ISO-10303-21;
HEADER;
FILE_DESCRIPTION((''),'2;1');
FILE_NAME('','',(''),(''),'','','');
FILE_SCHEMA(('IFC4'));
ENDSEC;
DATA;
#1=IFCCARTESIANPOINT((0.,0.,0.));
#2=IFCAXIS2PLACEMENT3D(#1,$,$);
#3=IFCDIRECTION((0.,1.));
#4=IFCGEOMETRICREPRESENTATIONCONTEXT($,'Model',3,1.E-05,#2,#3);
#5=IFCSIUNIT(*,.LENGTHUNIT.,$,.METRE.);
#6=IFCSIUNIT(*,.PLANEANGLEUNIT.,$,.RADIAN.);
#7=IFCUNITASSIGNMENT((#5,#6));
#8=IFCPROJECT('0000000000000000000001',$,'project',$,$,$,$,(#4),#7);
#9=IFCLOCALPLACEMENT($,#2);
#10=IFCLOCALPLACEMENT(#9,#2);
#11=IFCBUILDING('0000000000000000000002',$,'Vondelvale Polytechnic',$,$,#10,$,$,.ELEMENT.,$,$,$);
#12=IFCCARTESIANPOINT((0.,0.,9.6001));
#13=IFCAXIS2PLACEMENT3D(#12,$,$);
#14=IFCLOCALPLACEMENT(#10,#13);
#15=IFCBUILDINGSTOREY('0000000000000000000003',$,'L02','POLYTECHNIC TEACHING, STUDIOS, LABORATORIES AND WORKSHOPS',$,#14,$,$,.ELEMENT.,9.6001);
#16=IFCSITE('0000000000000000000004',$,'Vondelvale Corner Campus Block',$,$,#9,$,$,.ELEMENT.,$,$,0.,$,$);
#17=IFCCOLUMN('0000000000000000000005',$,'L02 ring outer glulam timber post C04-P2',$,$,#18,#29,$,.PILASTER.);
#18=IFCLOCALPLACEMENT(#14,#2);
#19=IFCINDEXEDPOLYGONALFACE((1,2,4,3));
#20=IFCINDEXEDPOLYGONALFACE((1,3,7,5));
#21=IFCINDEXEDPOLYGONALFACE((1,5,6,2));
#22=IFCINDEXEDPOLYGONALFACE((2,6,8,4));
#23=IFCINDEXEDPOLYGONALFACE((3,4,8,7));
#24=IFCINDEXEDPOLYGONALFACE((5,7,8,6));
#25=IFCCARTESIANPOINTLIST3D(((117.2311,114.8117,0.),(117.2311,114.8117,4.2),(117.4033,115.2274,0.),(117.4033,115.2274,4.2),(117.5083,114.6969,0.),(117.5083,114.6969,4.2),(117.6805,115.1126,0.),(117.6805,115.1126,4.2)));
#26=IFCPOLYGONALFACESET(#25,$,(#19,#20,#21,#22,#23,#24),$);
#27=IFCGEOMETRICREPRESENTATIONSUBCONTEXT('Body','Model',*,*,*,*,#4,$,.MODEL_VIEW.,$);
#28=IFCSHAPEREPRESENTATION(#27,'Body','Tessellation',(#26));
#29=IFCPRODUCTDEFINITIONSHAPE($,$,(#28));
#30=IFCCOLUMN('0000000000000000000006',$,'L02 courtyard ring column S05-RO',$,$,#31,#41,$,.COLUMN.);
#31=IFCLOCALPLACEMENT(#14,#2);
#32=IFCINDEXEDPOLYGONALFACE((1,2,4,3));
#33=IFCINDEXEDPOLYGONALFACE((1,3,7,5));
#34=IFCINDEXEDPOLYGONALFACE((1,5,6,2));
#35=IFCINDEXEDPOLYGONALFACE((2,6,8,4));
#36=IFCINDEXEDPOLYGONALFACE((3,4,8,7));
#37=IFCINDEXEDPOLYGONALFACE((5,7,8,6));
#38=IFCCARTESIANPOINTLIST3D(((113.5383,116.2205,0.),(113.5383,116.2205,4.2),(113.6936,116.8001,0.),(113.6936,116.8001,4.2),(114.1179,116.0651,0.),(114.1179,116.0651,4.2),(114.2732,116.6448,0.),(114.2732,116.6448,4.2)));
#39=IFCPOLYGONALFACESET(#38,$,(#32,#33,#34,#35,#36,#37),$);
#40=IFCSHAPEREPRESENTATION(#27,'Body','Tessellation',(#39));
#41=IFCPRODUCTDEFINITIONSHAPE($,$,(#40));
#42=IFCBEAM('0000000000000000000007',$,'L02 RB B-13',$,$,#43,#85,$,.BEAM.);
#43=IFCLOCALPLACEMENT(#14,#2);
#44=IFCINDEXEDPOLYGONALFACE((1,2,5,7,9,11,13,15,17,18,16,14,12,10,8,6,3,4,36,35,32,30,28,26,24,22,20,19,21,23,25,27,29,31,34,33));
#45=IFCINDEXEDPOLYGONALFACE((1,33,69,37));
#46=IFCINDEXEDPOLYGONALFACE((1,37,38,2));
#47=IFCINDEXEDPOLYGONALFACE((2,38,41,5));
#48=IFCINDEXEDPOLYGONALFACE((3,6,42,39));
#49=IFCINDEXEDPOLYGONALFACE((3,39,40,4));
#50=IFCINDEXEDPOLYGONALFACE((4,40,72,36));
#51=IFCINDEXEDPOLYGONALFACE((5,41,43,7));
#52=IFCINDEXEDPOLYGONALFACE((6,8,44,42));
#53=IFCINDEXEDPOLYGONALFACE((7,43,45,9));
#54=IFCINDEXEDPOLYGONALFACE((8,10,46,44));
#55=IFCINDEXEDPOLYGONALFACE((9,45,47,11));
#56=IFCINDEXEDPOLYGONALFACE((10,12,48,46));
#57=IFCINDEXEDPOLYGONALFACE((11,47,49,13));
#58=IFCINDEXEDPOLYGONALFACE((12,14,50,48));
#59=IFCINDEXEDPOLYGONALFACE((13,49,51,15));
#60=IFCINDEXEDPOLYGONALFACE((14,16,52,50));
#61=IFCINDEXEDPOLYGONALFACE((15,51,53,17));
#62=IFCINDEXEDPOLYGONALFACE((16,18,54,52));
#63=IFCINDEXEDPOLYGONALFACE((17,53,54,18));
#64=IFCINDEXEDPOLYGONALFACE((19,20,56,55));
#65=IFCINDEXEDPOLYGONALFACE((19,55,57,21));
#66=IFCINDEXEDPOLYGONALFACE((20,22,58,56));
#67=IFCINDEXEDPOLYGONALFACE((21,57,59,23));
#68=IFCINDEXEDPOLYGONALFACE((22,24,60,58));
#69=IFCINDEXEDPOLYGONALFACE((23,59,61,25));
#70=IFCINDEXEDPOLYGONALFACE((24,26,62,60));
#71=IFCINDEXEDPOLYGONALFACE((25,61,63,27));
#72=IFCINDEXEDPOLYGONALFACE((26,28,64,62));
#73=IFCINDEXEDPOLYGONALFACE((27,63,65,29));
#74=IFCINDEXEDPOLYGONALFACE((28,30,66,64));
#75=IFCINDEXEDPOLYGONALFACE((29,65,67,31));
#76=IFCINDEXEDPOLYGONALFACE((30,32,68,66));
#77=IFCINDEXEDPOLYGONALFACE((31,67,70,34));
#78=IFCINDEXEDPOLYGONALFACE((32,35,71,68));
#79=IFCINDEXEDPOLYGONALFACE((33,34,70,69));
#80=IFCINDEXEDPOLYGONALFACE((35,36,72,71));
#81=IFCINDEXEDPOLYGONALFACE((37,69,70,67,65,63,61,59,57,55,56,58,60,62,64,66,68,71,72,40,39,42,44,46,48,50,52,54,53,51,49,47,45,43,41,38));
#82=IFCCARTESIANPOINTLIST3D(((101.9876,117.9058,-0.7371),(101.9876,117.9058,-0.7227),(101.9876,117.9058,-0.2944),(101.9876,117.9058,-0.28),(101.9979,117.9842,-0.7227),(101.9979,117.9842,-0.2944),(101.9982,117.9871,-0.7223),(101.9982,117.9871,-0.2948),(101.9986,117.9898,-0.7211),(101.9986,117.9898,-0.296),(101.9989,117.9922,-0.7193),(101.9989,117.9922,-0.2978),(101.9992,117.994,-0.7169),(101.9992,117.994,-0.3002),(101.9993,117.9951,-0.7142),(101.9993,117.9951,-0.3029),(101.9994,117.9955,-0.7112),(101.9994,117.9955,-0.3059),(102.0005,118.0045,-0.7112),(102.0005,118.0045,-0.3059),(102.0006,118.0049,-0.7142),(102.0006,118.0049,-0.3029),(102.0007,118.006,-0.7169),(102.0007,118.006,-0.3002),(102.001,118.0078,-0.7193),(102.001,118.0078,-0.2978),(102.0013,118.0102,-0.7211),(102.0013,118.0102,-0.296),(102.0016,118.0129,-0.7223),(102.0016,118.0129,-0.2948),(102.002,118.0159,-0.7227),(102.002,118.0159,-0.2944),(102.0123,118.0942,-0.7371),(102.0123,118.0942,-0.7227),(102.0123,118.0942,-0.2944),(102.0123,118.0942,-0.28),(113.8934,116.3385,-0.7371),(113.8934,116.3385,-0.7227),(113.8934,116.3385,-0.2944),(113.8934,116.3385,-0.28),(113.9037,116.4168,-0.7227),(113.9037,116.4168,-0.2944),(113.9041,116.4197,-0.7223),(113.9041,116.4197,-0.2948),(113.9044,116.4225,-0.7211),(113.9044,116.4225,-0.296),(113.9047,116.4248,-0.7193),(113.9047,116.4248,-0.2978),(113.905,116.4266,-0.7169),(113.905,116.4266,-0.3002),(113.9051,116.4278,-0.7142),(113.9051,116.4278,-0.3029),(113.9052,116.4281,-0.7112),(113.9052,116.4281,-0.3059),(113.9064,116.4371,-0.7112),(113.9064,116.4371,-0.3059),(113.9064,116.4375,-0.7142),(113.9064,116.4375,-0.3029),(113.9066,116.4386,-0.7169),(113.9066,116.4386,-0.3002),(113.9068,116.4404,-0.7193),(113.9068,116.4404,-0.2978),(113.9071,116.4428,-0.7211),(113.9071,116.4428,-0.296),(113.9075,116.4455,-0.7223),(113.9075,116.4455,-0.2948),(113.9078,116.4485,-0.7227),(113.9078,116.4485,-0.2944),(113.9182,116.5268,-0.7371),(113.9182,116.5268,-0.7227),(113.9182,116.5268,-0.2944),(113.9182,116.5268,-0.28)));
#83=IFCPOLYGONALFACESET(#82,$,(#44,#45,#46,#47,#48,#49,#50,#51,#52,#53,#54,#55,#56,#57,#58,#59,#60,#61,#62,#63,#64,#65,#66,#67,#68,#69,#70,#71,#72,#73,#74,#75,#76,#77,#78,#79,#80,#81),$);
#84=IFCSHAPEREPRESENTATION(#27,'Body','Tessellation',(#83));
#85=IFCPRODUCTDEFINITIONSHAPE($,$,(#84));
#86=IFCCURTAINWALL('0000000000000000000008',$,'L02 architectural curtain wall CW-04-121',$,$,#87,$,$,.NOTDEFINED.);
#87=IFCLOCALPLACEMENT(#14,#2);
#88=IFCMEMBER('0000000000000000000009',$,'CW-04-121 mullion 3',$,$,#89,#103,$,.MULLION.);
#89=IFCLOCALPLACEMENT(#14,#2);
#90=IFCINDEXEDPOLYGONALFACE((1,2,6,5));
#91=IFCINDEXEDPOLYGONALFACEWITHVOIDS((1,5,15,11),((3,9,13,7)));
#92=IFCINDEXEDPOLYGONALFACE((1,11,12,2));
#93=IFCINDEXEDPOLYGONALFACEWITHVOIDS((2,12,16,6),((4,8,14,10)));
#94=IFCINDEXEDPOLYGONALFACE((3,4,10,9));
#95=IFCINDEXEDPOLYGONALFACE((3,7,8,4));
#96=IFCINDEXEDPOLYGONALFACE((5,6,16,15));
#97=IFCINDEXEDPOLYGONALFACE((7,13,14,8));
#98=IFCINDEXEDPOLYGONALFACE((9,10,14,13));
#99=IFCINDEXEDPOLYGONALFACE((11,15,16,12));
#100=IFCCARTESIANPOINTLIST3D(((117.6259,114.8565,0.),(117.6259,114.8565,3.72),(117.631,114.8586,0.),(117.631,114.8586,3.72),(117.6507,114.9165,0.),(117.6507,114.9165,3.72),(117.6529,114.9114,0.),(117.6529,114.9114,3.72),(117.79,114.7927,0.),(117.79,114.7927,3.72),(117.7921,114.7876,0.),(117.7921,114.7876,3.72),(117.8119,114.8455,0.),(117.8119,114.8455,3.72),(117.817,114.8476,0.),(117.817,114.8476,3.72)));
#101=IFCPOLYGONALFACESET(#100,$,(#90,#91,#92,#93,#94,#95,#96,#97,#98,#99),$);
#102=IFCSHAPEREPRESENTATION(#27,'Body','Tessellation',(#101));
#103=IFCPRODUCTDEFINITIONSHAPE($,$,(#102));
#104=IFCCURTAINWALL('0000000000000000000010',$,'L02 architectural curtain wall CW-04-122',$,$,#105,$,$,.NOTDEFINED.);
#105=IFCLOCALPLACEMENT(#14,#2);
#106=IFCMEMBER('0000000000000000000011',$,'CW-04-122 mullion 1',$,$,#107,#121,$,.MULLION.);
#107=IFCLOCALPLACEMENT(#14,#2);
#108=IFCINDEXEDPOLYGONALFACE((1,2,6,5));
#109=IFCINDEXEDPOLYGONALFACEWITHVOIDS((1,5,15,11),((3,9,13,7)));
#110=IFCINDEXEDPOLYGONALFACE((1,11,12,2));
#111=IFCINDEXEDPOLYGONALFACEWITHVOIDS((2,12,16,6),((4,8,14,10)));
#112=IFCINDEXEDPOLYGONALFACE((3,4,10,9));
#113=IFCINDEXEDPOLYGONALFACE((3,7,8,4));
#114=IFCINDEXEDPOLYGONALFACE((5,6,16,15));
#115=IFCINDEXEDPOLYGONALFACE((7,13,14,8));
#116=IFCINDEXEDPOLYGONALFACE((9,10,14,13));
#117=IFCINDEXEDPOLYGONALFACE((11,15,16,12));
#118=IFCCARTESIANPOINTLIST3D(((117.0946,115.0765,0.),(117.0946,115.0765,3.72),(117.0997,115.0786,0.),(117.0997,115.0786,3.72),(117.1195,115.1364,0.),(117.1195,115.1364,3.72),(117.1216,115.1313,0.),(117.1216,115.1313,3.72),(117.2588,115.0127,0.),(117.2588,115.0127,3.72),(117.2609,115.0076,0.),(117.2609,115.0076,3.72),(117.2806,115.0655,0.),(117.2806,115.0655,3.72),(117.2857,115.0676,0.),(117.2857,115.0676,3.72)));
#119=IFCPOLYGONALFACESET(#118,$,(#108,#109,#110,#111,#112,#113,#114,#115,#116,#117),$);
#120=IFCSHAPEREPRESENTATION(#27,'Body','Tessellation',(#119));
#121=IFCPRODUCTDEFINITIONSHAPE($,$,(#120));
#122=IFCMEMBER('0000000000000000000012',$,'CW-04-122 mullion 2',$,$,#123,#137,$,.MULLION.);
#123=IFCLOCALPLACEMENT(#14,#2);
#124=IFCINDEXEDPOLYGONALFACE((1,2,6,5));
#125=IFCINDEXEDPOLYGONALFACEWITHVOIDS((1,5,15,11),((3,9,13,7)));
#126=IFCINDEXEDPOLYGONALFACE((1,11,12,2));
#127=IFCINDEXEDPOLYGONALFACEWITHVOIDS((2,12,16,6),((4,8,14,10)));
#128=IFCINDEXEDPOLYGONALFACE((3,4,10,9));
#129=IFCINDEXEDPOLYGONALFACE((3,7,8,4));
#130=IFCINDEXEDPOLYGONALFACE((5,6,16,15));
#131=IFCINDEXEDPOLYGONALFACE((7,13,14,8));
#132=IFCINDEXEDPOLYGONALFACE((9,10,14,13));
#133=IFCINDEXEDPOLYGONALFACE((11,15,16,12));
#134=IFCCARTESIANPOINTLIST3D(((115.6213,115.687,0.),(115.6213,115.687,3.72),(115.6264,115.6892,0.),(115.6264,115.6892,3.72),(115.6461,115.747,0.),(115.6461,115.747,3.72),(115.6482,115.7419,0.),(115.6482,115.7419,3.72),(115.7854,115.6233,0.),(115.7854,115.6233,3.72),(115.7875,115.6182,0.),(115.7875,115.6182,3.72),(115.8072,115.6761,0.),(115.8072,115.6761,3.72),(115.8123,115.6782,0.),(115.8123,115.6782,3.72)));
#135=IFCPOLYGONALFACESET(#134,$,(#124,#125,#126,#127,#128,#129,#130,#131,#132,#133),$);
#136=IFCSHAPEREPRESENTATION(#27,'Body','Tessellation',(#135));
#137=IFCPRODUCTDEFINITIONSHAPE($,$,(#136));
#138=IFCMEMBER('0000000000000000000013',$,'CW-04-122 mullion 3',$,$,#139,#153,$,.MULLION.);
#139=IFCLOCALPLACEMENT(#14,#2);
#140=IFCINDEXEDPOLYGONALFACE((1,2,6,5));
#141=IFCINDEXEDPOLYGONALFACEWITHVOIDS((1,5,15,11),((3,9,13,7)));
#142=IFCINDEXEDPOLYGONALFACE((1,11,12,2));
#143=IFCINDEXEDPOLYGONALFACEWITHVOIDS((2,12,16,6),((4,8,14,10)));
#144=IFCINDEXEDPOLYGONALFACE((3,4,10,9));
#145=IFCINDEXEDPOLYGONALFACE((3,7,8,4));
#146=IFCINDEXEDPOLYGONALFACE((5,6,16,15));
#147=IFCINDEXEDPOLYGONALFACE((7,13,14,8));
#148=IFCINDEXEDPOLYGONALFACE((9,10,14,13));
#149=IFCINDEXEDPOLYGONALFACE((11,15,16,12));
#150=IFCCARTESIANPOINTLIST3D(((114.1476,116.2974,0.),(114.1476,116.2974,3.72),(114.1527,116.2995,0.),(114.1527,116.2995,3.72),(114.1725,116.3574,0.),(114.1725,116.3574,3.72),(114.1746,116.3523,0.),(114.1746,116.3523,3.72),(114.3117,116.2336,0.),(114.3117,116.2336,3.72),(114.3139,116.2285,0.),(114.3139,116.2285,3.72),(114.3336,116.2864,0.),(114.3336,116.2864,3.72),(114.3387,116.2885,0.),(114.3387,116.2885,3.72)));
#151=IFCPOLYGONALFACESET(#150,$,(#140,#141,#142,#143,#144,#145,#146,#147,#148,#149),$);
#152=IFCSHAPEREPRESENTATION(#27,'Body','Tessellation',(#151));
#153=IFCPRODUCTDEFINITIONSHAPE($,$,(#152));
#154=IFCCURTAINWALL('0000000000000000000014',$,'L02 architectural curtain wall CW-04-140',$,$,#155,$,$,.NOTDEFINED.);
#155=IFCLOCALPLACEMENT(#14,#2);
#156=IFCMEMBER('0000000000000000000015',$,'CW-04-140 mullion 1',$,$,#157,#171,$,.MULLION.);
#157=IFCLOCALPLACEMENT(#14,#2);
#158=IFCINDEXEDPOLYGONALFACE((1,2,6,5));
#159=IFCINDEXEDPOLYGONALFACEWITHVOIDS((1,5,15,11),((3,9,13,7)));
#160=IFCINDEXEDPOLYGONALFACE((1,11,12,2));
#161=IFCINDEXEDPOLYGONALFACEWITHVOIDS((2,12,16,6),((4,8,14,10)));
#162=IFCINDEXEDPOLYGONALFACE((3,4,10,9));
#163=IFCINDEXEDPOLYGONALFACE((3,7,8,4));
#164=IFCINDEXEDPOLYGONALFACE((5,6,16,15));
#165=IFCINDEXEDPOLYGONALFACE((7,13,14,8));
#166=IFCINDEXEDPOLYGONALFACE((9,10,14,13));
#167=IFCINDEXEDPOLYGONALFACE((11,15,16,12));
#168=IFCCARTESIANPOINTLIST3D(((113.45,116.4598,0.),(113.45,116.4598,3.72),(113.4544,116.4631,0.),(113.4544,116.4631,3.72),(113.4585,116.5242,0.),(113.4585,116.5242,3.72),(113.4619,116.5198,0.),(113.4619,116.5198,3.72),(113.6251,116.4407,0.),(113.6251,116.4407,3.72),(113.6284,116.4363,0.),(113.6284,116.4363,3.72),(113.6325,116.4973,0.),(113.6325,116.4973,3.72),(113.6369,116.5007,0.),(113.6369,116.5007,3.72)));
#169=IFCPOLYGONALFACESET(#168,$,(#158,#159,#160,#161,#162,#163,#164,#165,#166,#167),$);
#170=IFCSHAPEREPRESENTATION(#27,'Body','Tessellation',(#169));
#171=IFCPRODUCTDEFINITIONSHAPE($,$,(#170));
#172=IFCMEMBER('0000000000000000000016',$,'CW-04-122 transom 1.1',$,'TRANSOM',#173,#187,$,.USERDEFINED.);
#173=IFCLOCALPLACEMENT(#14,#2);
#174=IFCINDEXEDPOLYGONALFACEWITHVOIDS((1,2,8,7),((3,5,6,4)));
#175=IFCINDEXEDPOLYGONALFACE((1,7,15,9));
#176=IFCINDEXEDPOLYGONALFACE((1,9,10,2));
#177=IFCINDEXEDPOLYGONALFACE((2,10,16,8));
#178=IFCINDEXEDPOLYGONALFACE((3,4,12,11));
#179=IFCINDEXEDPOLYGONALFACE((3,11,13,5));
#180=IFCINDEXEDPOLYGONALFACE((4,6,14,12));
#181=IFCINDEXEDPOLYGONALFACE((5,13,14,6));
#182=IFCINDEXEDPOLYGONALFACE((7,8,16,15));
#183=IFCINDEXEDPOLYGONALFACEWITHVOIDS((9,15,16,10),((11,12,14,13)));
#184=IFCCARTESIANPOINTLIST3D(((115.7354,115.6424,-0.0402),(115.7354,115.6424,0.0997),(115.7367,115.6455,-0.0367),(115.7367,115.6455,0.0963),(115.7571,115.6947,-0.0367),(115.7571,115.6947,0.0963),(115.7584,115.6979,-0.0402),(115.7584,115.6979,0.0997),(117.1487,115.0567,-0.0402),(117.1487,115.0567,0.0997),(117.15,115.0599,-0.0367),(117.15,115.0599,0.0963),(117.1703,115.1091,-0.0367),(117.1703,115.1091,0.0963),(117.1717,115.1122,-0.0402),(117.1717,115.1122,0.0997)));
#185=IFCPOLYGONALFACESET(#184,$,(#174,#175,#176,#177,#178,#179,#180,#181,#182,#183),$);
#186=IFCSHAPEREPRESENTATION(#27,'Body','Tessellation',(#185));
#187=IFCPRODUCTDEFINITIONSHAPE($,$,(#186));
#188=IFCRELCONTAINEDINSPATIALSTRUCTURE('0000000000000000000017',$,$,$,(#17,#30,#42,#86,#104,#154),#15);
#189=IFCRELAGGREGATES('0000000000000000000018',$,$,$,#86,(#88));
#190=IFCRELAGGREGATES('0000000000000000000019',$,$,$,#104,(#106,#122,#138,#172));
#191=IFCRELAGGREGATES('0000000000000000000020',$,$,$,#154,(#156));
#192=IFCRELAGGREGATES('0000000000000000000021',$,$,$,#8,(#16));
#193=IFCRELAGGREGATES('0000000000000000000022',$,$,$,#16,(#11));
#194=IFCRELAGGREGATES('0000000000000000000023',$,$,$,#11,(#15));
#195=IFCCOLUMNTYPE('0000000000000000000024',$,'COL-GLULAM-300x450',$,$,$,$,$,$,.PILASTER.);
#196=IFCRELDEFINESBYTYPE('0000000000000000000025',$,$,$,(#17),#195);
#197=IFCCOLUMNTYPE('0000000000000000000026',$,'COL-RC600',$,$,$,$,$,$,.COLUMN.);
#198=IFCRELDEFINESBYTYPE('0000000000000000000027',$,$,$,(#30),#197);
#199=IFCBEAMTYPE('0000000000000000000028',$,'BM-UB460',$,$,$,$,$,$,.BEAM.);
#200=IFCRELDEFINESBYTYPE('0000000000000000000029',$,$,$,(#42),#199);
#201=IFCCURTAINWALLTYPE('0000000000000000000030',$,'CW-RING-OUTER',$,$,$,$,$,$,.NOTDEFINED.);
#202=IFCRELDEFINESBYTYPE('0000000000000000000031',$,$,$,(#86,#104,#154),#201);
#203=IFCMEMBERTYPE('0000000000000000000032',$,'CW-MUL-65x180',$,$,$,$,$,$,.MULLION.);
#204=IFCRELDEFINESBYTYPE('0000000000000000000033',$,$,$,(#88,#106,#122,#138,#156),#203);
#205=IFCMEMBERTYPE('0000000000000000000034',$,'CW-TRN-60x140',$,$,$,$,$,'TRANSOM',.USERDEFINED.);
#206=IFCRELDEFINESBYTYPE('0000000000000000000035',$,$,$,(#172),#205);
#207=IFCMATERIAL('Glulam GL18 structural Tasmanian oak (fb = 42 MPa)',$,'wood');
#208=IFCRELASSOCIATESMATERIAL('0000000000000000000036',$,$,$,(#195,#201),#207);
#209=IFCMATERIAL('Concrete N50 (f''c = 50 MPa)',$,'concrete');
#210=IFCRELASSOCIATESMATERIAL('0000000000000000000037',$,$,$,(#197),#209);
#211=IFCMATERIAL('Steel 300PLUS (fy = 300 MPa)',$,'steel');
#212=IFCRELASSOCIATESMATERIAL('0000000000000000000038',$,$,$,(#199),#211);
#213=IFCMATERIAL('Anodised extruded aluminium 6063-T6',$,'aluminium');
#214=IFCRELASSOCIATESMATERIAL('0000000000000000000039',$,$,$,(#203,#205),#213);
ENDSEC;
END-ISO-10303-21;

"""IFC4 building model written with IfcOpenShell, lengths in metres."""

from ifc_helpers import new_model, si_unit, direction, frame, origin, origin_2d, place, context, subcontext, project, spatial, rectangle, hollow_rectangle, i_section, extrude, material, material_profile, profile_set, type_object, element, aggregate, save


model = new_model("IFC4")

# Units and contexts
model_context = context("Model", 3, precision=1e-05, world=origin(), true_north=direction((0.0, 1.0)))
body_context = subcontext(model_context, "Body", "Model", "MODEL_VIEW")
ifc_project = project(units=[si_unit("LENGTHUNIT", "METRE"), si_unit("PLANEANGLEUNIT", "RADIAN")], contexts=[model_context])

# Site, building, storey
site_placement = place(None, origin())
site = spatial("IfcSite", under=ifc_project, at=site_placement, Name="Vondelvale Corner Campus Block", CompositionType="ELEMENT", RefElevation=0.0)
building_placement = place(site_placement, origin())
building = spatial("IfcBuilding", under=site, at=building_placement, Name="Vondelvale Polytechnic", CompositionType="ELEMENT")
storey_placement = place(building_placement, frame((0.0, 0.0, 9.6001)))
storey = spatial("IfcBuildingStorey", under=building, at=storey_placement, Name="L02", Description="POLYTECHNIC TEACHING, STUDIOS, LABORATORIES AND WORKSHOPS", CompositionType="ELEMENT", Elevation=9.6001)

# Columns
ifc_material_1 = material(Name="Glulam GL18 structural Tasmanian oak (fb = 42 MPa)", Category="wood")
ifc_material_profile_1 = material_profile(ifc_material_1, rectangle(XDim=0.3, YDim=0.45, at=origin_2d()), Name="GL-POST-300x450")
ifc_profile_set_1 = profile_set([ifc_material_profile_1], Name="Glulam GL18 structural Tasmanian oak (fb = 42 MPa)")
column_type_1 = type_object("IfcColumnType", Name="COL-GLULAM-300x450", PredefinedType="PILASTER", material=ifc_profile_set_1)
column_1_placement = place(storey_placement, frame((117.4558, 114.9622, 0.0), z_axis=(0.0, 0.0, 1.0), x_axis=(-0.92388, 0.382683, 0.0)))
element("IfcColumn", 1, at=column_1_placement, inside=storey, type_object=column_type_1, Name="L02 ring outer glulam timber post C04-P2", PredefinedType="PILASTER", context=body_context, shape_type="SweptSolid", body=[
    extrude(rectangle(XDim=0.3, YDim=0.45, at=origin_2d()), origin(), (0.0, 0.0, 1.0), 4.2),
])
ifc_material_2 = material(Name="Concrete N50 (f'c = 50 MPa)", Category="concrete")
ifc_material_profile_2 = material_profile(ifc_material_2, rectangle(XDim=0.6001, YDim=0.6001, at=origin_2d()), Name="RC-COL-600x600")
ifc_profile_set_2 = profile_set([ifc_material_profile_2], Name="Concrete N50 (f'c = 50 MPa)")
column_type_2 = type_object("IfcColumnType", Name="COL-RC600", PredefinedType="COLUMN", material=ifc_profile_set_2)
column_2_placement = place(storey_placement, frame((113.9058, 116.4326, 0.0), z_axis=(0.0, 0.0, 1.0), x_axis=(0.258819, 0.965926, 0.0)))
element("IfcColumn", 2, at=column_2_placement, inside=storey, type_object=column_type_2, Name="L02 courtyard ring column S05-RO", PredefinedType="COLUMN", context=body_context, shape_type="SweptSolid", body=[
    extrude(rectangle(XDim=0.6001, YDim=0.6001, at=origin_2d()), origin(), (0.0, 0.0, 1.0), 4.2),
])

# Beam
ifc_material_3 = material(Name="Steel 300PLUS (fy = 300 MPa)", Category="steel")
ifc_material_profile_3 = material_profile(ifc_material_3, i_section(OverallWidth=0.1899, OverallDepth=0.457, WebThickness=0.009, FlangeThickness=0.0144, FilletRadius=0.0115, at=origin_2d()), Name="460UB74.6")
ifc_profile_set_3 = profile_set([ifc_material_profile_3], Name="Steel 300PLUS (fy = 300 MPa)")
beam_type = type_object("IfcBeamType", Name="BM-UB460", PredefinedType="BEAM", material=ifc_profile_set_3)
beam_placement = place(storey_placement, frame((113.9058, 116.4326, -0.5085), z_axis=(-0.991445, 0.130523, 0.0), x_axis=(-0.130523, -0.991445, 0.0)))
element("IfcBeam", 3, at=beam_placement, inside=storey, type_object=beam_type, Name="L02 RB B-13", PredefinedType="BEAM", context=body_context, shape_type="SweptSolid", body=[
    extrude(i_section(OverallWidth=0.1899, OverallDepth=0.457, WebThickness=0.009, FlangeThickness=0.0144, FilletRadius=0.0115, at=origin_2d()), origin(), (0.0, 0.0, 1.0), 12.0085),
])

# Curtain wall, member
curtain_wall_type = type_object("IfcCurtainWallType", Name="CW-RING-OUTER", PredefinedType="NOTDEFINED", material=ifc_material_1)
curtain_wall_1_placement = place(storey_placement, origin())
curtain_wall_1 = element("IfcCurtainWall", 4, at=curtain_wall_1_placement, inside=storey, type_object=curtain_wall_type, Name="L02 architectural curtain wall CW-04-121", PredefinedType="NOTDEFINED")
ifc_material_4 = material(Name="Anodised extruded aluminium 6063-T6", Category="aluminium")
ifc_material_profile_4 = material_profile(ifc_material_4, hollow_rectangle(XDim=0.0649, YDim=0.1799, WallThickness=0.0039, at=origin_2d()), Name="CW-MUL-180x65")
ifc_profile_set_4 = profile_set([ifc_material_profile_4], Name="Anodised extruded aluminium 6063-T6")
member_type_1 = type_object("IfcMemberType", Name="CW-MUL-65x180", PredefinedType="MULLION", material=ifc_profile_set_4)
member_1_placement = place(storey_placement, frame((117.7214, 114.8521, 0.0), z_axis=(0.0, 0.0, 1.0), x_axis=(-0.382695, -0.923875, 0.0)))
member_1 = element("IfcMember", 5, at=member_1_placement, type_object=member_type_1, Name="CW-04-121 mullion 3", PredefinedType="MULLION", context=body_context, shape_type="SweptSolid", body=[
    extrude(hollow_rectangle(XDim=0.0649, YDim=0.1799, WallThickness=0.0039, at=origin_2d()), origin(), (0.0, 0.0, 1.0), 3.72),
])
aggregate(curtain_wall_1, [member_1])

# Curtain wall, members
curtain_wall_2_placement = place(storey_placement, origin())
curtain_wall_2 = element("IfcCurtainWall", 6, at=curtain_wall_2_placement, inside=storey, type_object=curtain_wall_type, Name="L02 architectural curtain wall CW-04-122", PredefinedType="NOTDEFINED")
member_2_placement = place(storey_placement, frame((117.1902, 115.072, 0.0), z_axis=(0.0, 0.0, 1.0), x_axis=(-0.382677, -0.923882, 0.0)))
member_2 = element("IfcMember", 7, at=member_2_placement, type_object=member_type_1, Name="CW-04-122 mullion 1", PredefinedType="MULLION", context=body_context, shape_type="SweptSolid", body=[
    extrude(hollow_rectangle(XDim=0.0649, YDim=0.1799, WallThickness=0.0039, at=origin_2d()), origin(), (0.0, 0.0, 1.0), 3.72),
])
member_3_placement = place(storey_placement, frame((115.7168, 115.6826, 0.0), z_axis=(0.0, 0.0, 1.0), x_axis=(-0.382677, -0.923882, 0.0)))
member_3 = element("IfcMember", 8, at=member_3_placement, type_object=member_type_1, Name="CW-04-122 mullion 2", PredefinedType="MULLION", context=body_context, shape_type="SweptSolid", body=[
    extrude(hollow_rectangle(XDim=0.0649, YDim=0.1799, WallThickness=0.0039, at=origin_2d()), origin(), (0.0, 0.0, 1.0), 3.72),
])
member_4_placement = place(storey_placement, frame((114.2432, 116.293, 0.0), z_axis=(0.0, 0.0, 1.0), x_axis=(-0.382677, -0.923882, 0.0)))
member_4 = element("IfcMember", 9, at=member_4_placement, type_object=member_type_1, Name="CW-04-122 mullion 3", PredefinedType="MULLION", context=body_context, shape_type="SweptSolid", body=[
    extrude(hollow_rectangle(XDim=0.0649, YDim=0.1799, WallThickness=0.0039, at=origin_2d()), origin(), (0.0, 0.0, 1.0), 3.72),
])

# Curtain wall, member
curtain_wall_3_placement = place(storey_placement, origin())
curtain_wall_3 = element("IfcCurtainWall", 10, at=curtain_wall_3_placement, inside=storey, type_object=curtain_wall_type, Name="L02 architectural curtain wall CW-04-140", PredefinedType="NOTDEFINED")
member_5_placement = place(storey_placement, frame((113.5435, 116.4802, 0.0), z_axis=(0.0, 0.0, 1.0), x_axis=(-0.13054, -0.991443, 0.0)))
member_5 = element("IfcMember", 11, at=member_5_placement, type_object=member_type_1, Name="CW-04-140 mullion 1", PredefinedType="MULLION", context=body_context, shape_type="SweptSolid", body=[
    extrude(hollow_rectangle(XDim=0.0649, YDim=0.1799, WallThickness=0.0039, at=origin_2d()), origin(), (0.0, 0.0, 1.0), 3.72),
])

# Member
ifc_material_profile_5 = material_profile(ifc_material_4, hollow_rectangle(XDim=0.0601, YDim=0.1399, WallThickness=0.0034, at=origin_2d()), Name="CW-TRN-140x60")
ifc_profile_set_5 = profile_set([ifc_material_profile_5], Name="Anodised extruded aluminium 6063-T6")
member_type_2 = type_object("IfcMemberType", Name="CW-TRN-60x140", ElementType="TRANSOM", PredefinedType="USERDEFINED", material=ifc_profile_set_5)
member_6_placement = place(storey_placement, frame((117.1602, 115.0845, 0.0298), z_axis=(-0.923816, 0.382836, 0.0), x_axis=(-0.382836, -0.923816, 0.0)))
member_6 = element("IfcMember", 12, at=member_6_placement, type_object=member_type_2, Name="CW-04-122 transom 1.1", ObjectType="TRANSOM", PredefinedType="USERDEFINED", context=body_context, shape_type="SweptSolid", body=[
    extrude(hollow_rectangle(XDim=0.0601, YDim=0.1399, WallThickness=0.0034, at=origin_2d()), origin(), (0.0, 0.0, 1.0), 1.5298),
])

aggregate(curtain_wall_2, [member_2, member_3, member_4, member_6])
aggregate(curtain_wall_3, [member_5])

save(model, "model.ifc")
